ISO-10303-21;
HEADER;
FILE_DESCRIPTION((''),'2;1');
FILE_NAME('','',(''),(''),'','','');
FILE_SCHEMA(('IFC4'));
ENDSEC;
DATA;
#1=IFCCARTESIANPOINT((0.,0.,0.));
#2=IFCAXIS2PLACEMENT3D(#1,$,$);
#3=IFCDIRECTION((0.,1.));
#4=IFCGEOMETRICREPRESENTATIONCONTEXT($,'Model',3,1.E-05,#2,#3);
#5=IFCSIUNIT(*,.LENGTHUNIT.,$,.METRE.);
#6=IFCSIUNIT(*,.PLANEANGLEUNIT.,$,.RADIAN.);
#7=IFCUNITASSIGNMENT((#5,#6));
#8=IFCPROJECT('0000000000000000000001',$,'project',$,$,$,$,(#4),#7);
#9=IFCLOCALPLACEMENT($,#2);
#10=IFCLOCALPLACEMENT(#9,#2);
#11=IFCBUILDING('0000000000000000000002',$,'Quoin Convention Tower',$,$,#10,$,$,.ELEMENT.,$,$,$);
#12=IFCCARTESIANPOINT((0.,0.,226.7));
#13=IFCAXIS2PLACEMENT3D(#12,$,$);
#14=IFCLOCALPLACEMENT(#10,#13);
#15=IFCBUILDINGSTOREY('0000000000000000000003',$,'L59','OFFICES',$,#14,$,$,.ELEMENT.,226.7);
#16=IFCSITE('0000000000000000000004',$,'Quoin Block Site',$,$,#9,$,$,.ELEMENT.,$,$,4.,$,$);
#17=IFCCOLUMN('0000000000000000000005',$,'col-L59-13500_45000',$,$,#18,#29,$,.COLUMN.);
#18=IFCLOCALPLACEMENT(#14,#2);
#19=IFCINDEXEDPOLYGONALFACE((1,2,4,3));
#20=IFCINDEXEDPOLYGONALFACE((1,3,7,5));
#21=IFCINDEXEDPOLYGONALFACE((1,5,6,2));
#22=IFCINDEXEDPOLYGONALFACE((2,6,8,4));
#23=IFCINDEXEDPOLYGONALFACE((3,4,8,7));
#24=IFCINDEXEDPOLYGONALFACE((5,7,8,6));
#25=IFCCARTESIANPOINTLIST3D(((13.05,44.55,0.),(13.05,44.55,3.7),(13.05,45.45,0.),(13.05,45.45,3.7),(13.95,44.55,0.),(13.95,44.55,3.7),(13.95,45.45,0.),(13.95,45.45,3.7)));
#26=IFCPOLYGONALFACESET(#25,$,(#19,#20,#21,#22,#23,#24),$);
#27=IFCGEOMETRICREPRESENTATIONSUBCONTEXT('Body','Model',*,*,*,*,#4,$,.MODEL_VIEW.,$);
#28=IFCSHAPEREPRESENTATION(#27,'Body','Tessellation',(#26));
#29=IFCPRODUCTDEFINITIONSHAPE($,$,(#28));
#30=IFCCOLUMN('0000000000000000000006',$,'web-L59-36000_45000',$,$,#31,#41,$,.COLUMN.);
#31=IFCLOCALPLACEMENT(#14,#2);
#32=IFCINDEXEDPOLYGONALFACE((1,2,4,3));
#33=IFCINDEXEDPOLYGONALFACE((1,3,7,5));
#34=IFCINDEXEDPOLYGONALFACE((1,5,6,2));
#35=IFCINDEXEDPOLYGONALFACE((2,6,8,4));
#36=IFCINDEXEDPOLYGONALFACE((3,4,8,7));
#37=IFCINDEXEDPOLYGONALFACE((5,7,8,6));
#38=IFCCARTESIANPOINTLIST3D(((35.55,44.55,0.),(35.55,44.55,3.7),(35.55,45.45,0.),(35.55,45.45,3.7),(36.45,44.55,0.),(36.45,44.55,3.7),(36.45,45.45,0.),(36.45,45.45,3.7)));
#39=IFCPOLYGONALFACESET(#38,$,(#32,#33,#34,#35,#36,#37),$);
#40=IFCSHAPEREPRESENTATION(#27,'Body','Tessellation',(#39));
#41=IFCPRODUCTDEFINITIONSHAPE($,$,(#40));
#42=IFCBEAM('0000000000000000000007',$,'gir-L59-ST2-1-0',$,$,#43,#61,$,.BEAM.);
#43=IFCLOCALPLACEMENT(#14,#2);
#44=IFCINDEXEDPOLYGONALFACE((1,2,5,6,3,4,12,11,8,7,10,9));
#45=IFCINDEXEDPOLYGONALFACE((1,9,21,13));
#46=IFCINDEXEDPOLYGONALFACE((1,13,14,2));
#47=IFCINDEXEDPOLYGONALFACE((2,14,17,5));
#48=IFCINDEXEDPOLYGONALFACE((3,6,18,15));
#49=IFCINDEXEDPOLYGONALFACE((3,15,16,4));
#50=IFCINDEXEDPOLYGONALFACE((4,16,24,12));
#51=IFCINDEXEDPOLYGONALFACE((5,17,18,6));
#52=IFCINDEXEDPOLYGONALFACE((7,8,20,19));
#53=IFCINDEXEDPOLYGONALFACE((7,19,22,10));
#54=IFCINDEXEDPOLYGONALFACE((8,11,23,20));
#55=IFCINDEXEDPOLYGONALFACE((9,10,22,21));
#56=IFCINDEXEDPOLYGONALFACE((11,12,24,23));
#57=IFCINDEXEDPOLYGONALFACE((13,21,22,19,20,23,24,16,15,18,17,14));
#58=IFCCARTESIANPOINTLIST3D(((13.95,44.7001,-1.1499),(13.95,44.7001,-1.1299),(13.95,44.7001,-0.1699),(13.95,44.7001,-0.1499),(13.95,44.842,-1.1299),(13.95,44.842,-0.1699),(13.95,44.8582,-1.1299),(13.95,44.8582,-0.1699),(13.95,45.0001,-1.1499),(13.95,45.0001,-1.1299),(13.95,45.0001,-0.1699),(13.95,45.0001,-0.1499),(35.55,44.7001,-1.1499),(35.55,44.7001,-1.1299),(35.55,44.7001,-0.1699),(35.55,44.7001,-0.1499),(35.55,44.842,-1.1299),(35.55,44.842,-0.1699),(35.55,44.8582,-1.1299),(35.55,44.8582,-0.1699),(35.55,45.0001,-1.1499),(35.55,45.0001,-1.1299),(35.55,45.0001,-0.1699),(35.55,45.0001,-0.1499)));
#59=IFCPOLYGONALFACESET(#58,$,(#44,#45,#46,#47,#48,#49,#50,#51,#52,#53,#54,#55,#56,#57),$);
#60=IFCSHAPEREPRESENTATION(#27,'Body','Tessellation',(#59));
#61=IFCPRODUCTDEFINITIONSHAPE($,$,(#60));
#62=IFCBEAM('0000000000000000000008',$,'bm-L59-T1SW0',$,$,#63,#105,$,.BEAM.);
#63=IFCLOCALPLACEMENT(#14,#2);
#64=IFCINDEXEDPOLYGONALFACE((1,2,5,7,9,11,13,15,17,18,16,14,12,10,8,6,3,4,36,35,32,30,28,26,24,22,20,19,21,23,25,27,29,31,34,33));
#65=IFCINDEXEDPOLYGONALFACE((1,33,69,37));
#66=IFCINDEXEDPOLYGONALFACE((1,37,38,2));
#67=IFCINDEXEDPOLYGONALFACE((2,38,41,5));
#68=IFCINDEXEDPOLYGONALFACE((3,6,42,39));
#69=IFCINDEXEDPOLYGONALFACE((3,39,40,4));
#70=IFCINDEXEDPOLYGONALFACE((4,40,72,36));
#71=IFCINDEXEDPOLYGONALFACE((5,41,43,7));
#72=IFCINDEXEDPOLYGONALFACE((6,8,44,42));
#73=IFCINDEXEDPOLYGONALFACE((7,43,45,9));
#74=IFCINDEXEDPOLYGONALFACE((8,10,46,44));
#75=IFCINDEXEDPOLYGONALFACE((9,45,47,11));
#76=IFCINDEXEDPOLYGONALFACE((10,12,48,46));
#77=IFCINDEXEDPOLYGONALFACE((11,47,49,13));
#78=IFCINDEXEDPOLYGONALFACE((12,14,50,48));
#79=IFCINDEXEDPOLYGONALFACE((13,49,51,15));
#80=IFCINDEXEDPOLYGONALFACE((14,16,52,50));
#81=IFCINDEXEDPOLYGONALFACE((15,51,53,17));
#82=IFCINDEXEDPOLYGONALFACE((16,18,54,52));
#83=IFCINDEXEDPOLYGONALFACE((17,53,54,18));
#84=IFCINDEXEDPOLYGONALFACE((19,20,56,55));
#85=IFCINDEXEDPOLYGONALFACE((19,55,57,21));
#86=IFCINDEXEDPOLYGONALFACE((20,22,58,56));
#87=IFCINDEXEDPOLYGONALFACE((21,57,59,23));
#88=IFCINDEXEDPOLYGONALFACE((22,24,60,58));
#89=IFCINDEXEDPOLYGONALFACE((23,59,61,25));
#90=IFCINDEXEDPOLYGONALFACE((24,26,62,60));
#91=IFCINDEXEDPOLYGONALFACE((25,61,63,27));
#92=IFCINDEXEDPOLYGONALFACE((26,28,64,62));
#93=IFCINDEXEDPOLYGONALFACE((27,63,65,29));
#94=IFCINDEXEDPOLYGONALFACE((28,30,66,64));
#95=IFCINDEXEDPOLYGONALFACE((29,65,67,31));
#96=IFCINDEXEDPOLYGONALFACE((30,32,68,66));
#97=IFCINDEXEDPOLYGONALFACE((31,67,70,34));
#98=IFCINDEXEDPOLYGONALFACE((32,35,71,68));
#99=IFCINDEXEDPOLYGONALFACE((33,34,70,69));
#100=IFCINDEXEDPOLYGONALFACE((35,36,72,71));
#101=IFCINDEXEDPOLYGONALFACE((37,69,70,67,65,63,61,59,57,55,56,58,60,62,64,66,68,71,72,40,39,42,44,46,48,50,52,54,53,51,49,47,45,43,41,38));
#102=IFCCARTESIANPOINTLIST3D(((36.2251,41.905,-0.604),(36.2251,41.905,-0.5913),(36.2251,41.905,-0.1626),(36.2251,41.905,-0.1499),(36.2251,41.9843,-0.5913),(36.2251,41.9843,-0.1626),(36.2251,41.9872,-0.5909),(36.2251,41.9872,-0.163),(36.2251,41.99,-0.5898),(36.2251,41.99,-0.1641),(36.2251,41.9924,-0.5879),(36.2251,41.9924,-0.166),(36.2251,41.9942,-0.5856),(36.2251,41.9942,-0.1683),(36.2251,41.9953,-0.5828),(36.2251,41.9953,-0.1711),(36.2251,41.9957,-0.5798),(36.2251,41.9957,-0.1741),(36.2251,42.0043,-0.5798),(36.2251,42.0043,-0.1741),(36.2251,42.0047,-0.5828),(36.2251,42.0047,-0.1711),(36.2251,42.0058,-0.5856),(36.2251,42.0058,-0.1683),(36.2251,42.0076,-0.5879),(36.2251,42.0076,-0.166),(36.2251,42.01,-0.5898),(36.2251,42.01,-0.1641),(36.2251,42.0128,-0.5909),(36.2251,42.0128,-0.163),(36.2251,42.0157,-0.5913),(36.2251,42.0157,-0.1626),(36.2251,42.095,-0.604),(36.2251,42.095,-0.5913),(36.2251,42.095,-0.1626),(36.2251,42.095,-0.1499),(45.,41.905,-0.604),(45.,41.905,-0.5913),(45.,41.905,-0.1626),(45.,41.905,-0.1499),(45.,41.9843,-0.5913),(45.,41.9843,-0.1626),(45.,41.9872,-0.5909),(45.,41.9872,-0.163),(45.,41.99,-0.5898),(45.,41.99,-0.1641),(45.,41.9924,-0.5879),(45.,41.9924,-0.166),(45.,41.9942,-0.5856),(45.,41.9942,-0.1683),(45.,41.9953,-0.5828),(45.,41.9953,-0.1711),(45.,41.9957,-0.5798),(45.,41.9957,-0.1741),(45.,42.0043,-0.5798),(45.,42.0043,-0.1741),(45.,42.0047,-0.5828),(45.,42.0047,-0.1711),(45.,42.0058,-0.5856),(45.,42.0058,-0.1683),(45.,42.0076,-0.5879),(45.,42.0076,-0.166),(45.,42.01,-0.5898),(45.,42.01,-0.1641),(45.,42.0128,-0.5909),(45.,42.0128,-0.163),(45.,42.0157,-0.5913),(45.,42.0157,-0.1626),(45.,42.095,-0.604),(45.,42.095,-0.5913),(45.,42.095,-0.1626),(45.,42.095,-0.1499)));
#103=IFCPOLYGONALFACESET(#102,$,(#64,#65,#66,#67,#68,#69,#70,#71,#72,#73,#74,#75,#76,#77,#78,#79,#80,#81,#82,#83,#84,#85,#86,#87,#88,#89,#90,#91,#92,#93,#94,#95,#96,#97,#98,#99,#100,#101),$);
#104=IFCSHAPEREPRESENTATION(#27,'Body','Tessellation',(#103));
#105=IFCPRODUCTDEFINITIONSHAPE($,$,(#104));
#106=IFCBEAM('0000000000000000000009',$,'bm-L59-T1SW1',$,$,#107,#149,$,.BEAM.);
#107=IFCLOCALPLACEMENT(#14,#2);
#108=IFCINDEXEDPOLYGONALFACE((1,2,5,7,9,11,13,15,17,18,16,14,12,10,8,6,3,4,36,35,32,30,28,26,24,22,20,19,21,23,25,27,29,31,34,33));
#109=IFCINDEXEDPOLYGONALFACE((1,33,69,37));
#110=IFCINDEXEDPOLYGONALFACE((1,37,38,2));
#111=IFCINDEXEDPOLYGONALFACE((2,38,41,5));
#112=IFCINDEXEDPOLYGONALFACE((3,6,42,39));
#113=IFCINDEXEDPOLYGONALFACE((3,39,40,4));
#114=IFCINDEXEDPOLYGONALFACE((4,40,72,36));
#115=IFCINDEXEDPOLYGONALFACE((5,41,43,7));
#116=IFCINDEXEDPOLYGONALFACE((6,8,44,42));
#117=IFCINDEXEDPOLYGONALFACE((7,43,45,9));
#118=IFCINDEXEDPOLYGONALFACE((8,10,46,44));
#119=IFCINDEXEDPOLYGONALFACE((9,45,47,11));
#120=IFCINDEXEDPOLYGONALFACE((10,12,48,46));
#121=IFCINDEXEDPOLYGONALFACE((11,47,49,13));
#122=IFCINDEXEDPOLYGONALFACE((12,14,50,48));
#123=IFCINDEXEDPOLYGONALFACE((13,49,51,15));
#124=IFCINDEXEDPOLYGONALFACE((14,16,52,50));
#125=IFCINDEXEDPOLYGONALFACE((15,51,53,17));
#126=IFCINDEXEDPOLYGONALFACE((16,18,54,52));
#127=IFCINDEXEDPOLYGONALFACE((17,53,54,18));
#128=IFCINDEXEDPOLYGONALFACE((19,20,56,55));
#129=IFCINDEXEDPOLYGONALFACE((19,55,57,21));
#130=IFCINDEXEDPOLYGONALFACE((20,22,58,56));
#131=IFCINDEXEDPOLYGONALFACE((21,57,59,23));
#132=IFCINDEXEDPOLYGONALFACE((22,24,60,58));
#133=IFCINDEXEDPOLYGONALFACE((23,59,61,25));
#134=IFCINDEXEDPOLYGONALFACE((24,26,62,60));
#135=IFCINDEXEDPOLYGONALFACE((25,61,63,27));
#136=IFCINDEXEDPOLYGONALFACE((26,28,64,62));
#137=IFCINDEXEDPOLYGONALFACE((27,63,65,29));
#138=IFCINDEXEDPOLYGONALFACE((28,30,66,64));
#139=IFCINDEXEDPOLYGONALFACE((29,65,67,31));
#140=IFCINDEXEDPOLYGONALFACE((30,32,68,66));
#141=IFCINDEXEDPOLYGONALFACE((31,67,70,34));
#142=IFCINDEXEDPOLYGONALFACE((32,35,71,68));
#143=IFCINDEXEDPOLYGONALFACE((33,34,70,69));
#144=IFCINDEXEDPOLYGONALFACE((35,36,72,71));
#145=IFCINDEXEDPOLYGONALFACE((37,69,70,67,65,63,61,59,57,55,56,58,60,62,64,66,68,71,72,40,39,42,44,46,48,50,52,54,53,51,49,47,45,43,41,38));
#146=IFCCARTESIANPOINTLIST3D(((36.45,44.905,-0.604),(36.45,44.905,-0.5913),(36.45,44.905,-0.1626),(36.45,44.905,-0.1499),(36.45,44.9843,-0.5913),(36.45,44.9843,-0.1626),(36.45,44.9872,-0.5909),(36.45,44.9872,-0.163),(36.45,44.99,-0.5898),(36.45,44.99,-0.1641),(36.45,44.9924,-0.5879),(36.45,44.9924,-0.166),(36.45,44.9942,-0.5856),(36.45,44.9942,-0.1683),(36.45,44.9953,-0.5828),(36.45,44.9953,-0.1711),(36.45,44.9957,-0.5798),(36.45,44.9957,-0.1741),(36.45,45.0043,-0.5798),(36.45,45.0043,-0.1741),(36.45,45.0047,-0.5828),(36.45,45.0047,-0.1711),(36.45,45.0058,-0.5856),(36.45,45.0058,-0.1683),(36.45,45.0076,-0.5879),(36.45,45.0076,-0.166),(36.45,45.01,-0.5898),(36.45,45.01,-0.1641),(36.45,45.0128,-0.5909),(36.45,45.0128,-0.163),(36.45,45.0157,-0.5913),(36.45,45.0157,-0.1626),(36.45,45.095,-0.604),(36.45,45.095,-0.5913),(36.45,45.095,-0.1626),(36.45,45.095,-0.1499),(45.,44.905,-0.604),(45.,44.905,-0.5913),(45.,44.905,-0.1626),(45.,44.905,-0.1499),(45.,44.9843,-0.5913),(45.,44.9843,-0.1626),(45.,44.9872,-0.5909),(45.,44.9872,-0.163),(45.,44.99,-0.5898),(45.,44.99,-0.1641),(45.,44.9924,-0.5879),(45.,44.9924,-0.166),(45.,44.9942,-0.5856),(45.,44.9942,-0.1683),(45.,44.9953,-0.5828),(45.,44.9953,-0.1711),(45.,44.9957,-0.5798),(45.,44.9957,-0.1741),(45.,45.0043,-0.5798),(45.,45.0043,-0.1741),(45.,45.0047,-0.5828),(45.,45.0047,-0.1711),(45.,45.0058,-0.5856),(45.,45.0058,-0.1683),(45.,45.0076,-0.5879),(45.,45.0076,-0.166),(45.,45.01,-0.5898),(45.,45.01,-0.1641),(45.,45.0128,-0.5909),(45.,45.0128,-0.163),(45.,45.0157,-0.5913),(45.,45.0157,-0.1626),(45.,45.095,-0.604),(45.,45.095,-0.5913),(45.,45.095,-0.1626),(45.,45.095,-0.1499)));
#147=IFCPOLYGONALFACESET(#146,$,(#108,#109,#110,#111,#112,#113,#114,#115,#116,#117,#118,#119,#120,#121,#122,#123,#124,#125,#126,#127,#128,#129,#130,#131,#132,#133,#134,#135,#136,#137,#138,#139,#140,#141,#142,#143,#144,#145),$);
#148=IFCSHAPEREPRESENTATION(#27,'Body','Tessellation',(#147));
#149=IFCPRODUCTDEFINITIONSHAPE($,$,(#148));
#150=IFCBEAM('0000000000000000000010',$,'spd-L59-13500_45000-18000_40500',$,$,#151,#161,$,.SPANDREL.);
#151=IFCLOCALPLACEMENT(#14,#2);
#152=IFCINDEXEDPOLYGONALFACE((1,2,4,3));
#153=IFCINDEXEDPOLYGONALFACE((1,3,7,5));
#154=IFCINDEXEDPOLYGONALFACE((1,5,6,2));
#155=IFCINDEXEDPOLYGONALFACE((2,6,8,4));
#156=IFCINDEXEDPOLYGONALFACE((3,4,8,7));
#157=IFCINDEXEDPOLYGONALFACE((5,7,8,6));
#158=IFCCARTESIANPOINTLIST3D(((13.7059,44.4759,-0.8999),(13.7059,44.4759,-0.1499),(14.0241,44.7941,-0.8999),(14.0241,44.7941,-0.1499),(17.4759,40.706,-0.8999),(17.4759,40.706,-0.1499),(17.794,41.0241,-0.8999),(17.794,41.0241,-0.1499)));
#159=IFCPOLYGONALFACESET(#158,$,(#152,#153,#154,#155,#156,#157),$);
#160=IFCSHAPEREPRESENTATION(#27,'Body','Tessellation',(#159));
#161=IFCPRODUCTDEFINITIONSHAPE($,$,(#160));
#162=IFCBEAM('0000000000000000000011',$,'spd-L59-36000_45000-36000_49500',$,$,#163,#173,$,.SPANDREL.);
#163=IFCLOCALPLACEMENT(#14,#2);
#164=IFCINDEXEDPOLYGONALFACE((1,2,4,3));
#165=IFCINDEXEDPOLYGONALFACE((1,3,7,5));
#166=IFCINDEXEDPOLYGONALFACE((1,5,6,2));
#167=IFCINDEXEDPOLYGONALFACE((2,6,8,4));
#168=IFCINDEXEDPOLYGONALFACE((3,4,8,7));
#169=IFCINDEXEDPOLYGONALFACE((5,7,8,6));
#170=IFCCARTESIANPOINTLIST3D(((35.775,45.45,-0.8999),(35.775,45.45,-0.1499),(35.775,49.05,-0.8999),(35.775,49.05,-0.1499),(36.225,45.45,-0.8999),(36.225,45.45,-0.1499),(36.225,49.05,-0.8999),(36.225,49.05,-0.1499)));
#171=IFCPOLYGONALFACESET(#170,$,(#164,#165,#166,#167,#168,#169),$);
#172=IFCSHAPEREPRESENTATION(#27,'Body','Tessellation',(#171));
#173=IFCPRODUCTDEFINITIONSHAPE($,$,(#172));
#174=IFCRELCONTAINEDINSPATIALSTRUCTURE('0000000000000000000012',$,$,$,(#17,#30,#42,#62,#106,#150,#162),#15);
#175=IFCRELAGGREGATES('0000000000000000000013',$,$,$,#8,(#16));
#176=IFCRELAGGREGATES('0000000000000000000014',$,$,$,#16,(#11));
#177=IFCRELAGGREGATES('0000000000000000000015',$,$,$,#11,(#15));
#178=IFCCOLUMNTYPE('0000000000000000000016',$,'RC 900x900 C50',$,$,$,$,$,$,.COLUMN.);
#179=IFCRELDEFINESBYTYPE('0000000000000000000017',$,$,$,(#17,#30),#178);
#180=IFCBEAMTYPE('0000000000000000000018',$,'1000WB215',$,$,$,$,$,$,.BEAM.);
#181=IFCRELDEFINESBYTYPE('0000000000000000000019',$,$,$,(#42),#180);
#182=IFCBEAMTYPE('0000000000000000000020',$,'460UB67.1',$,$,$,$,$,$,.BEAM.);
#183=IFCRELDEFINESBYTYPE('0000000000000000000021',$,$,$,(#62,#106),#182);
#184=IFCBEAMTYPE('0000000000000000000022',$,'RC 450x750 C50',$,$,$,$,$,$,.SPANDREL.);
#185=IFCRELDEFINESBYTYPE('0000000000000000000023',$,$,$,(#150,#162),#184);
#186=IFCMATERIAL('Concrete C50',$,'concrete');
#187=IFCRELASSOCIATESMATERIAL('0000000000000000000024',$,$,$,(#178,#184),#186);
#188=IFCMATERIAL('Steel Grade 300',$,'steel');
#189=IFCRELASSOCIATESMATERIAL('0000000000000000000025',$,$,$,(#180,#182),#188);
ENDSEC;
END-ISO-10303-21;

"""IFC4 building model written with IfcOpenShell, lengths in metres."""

from ifc_helpers import new_model, si_unit, direction, frame, origin, origin_2d, place, context, subcontext, project, spatial, rectangle, i_section, extrude, material, material_profile, profile_set, type_object, element, save


model = new_model("IFC4")

# Units and contexts
model_context = context("Model", 3, precision=1e-05, world=origin(), true_north=direction((0.0, 1.0)))
body_context = subcontext(model_context, "Body", "Model", "MODEL_VIEW")
ifc_project = project(units=[si_unit("LENGTHUNIT", "METRE"), si_unit("PLANEANGLEUNIT", "RADIAN")], contexts=[model_context])

# Site, building, storey
site_placement = place(None, origin())
site = spatial("IfcSite", under=ifc_project, at=site_placement, Name="Quoin Block Site", CompositionType="ELEMENT", RefElevation=4.0)
building_placement = place(site_placement, origin())
building = spatial("IfcBuilding", under=site, at=building_placement, Name="Quoin Convention Tower", CompositionType="ELEMENT")
storey_placement = place(building_placement, frame((0.0, 0.0, 226.7)))
storey = spatial("IfcBuildingStorey", under=building, at=storey_placement, Name="L59", Description="OFFICES", CompositionType="ELEMENT", Elevation=226.7)

# Columns
ifc_material_1 = material(Name="Concrete C50", Category="concrete")
ifc_material_profile_1 = material_profile(ifc_material_1, rectangle(XDim=0.8999, YDim=0.8999, at=origin_2d()), Name="RC 900x900")
ifc_profile_set_1 = profile_set([ifc_material_profile_1], Name="Concrete C50")
column_type = type_object("IfcColumnType", Name="RC 900x900 C50", PredefinedType="COLUMN", material=ifc_profile_set_1)
for number, where, z_axis, x_axis, name in (
    (1, (13.5, 45.0, 0.0), (0.0, 0.0, 1.0), (1.0, 0.0, 0.0), "col-L59-13500_45000"),
    (2, (36.0, 45.0, 0.0), (0.0, 0.0, 1.0), (1.0, 0.0, 0.0), "web-L59-36000_45000"),
):
    element("IfcColumn", number, at=place(storey_placement, frame(where, z_axis=z_axis, x_axis=x_axis)), inside=storey, type_object=column_type, Name=name, PredefinedType="COLUMN", context=body_context, shape_type="SweptSolid", body=[
        extrude(rectangle(XDim=0.8999, YDim=0.8999, at=origin_2d()), origin(), (0.0, 0.0, 1.0), 3.7),
    ])

# Beams
ifc_material_2 = material(Name="Steel Grade 300", Category="steel")
ifc_material_profile_2 = material_profile(ifc_material_2, i_section(OverallWidth=0.3, OverallDepth=1.0, WebThickness=0.0161, FlangeThickness=0.02, at=origin_2d()), Name="1000WB215")
ifc_profile_set_2 = profile_set([ifc_material_profile_2], Name="Steel Grade 300")
beam_type_1 = type_object("IfcBeamType", Name="1000WB215", PredefinedType="BEAM", material=ifc_profile_set_2)
beam_1_placement = place(storey_placement, frame((13.95, 44.8501, -0.6499), z_axis=(1.0, 0.0, 0.0), x_axis=(0.0, 1.0, 0.0)))
element("IfcBeam", 3, at=beam_1_placement, inside=storey, type_object=beam_type_1, Name="gir-L59-ST2-1-0", PredefinedType="BEAM", context=body_context, shape_type="SweptSolid", body=[
    extrude(i_section(OverallWidth=0.3, OverallDepth=1.0, WebThickness=0.0161, FlangeThickness=0.02, at=origin_2d()), origin(), (0.0, 0.0, 1.0), 21.6001),
])
ifc_material_profile_3 = material_profile(ifc_material_2, i_section(OverallWidth=0.1899, OverallDepth=0.4541, WebThickness=0.0085, FlangeThickness=0.0127, FilletRadius=0.0115, at=origin_2d()), Name="460UB67.1")
ifc_profile_set_3 = profile_set([ifc_material_profile_3], Name="Steel Grade 300")
beam_type_2 = type_object("IfcBeamType", Name="460UB67.1", PredefinedType="BEAM", material=ifc_profile_set_3)
beam_2_placement = place(storey_placement, frame((36.2251, 42.0, -0.377), z_axis=(1.0, 0.0, 0.0), x_axis=(0.0, 1.0, 0.0)))
element("IfcBeam", 4, at=beam_2_placement, inside=storey, type_object=beam_type_2, Name="bm-L59-T1SW0", PredefinedType="BEAM", context=body_context, shape_type="SweptSolid", body=[
    extrude(i_section(OverallWidth=0.1899, OverallDepth=0.4541, WebThickness=0.0085, FlangeThickness=0.0127, FilletRadius=0.0115, at=origin_2d()), origin(), (0.0, 0.0, 1.0), 8.7749),
])
beam_3_placement = place(storey_placement, frame((36.45, 45.0, -0.377), z_axis=(1.0, 0.0, 0.0), x_axis=(0.0, 1.0, 0.0)))
element("IfcBeam", 5, at=beam_3_placement, inside=storey, type_object=beam_type_2, Name="bm-L59-T1SW1", PredefinedType="BEAM", context=body_context, shape_type="SweptSolid", body=[
    extrude(i_section(OverallWidth=0.1899, OverallDepth=0.4541, WebThickness=0.0085, FlangeThickness=0.0127, FilletRadius=0.0115, at=origin_2d()), origin(), (0.0, 0.0, 1.0), 8.55),
])
ifc_material_profile_4 = material_profile(ifc_material_1, rectangle(XDim=0.45, YDim=0.75, at=origin_2d()), Name="RC 450x750")
ifc_profile_set_4 = profile_set([ifc_material_profile_4], Name="Concrete C50")
beam_type_3 = type_object("IfcBeamType", Name="RC 450x750 C50", PredefinedType="SPANDREL", material=ifc_profile_set_4)
beam_4_placement = place(storey_placement, frame((13.865, 44.635, -0.5249), z_axis=(0.707107, -0.707107, 0.0), x_axis=(0.707107, 0.707107, 0.0)))
element("IfcBeam", 6, at=beam_4_placement, inside=storey, type_object=beam_type_3, Name="spd-L59-13500_45000-18000_40500", PredefinedType="SPANDREL", context=body_context, shape_type="SweptSolid", body=[
    extrude(rectangle(XDim=0.45, YDim=0.75, at=origin_2d()), origin(), (0.0, 0.0, 1.0), 5.3315),
])
beam_5_placement = place(storey_placement, frame((36.0, 45.45, -0.5249), z_axis=(0.0, 1.0, 0.0), x_axis=(-1.0, 0.0, 0.0)))
element("IfcBeam", 7, at=beam_5_placement, inside=storey, type_object=beam_type_3, Name="spd-L59-36000_45000-36000_49500", PredefinedType="SPANDREL", context=body_context, shape_type="SweptSolid", body=[
    extrude(rectangle(XDim=0.45, YDim=0.75, at=origin_2d()), origin(), (0.0, 0.0, 1.0), 3.6001),
])

save(model, "model.ifc")
